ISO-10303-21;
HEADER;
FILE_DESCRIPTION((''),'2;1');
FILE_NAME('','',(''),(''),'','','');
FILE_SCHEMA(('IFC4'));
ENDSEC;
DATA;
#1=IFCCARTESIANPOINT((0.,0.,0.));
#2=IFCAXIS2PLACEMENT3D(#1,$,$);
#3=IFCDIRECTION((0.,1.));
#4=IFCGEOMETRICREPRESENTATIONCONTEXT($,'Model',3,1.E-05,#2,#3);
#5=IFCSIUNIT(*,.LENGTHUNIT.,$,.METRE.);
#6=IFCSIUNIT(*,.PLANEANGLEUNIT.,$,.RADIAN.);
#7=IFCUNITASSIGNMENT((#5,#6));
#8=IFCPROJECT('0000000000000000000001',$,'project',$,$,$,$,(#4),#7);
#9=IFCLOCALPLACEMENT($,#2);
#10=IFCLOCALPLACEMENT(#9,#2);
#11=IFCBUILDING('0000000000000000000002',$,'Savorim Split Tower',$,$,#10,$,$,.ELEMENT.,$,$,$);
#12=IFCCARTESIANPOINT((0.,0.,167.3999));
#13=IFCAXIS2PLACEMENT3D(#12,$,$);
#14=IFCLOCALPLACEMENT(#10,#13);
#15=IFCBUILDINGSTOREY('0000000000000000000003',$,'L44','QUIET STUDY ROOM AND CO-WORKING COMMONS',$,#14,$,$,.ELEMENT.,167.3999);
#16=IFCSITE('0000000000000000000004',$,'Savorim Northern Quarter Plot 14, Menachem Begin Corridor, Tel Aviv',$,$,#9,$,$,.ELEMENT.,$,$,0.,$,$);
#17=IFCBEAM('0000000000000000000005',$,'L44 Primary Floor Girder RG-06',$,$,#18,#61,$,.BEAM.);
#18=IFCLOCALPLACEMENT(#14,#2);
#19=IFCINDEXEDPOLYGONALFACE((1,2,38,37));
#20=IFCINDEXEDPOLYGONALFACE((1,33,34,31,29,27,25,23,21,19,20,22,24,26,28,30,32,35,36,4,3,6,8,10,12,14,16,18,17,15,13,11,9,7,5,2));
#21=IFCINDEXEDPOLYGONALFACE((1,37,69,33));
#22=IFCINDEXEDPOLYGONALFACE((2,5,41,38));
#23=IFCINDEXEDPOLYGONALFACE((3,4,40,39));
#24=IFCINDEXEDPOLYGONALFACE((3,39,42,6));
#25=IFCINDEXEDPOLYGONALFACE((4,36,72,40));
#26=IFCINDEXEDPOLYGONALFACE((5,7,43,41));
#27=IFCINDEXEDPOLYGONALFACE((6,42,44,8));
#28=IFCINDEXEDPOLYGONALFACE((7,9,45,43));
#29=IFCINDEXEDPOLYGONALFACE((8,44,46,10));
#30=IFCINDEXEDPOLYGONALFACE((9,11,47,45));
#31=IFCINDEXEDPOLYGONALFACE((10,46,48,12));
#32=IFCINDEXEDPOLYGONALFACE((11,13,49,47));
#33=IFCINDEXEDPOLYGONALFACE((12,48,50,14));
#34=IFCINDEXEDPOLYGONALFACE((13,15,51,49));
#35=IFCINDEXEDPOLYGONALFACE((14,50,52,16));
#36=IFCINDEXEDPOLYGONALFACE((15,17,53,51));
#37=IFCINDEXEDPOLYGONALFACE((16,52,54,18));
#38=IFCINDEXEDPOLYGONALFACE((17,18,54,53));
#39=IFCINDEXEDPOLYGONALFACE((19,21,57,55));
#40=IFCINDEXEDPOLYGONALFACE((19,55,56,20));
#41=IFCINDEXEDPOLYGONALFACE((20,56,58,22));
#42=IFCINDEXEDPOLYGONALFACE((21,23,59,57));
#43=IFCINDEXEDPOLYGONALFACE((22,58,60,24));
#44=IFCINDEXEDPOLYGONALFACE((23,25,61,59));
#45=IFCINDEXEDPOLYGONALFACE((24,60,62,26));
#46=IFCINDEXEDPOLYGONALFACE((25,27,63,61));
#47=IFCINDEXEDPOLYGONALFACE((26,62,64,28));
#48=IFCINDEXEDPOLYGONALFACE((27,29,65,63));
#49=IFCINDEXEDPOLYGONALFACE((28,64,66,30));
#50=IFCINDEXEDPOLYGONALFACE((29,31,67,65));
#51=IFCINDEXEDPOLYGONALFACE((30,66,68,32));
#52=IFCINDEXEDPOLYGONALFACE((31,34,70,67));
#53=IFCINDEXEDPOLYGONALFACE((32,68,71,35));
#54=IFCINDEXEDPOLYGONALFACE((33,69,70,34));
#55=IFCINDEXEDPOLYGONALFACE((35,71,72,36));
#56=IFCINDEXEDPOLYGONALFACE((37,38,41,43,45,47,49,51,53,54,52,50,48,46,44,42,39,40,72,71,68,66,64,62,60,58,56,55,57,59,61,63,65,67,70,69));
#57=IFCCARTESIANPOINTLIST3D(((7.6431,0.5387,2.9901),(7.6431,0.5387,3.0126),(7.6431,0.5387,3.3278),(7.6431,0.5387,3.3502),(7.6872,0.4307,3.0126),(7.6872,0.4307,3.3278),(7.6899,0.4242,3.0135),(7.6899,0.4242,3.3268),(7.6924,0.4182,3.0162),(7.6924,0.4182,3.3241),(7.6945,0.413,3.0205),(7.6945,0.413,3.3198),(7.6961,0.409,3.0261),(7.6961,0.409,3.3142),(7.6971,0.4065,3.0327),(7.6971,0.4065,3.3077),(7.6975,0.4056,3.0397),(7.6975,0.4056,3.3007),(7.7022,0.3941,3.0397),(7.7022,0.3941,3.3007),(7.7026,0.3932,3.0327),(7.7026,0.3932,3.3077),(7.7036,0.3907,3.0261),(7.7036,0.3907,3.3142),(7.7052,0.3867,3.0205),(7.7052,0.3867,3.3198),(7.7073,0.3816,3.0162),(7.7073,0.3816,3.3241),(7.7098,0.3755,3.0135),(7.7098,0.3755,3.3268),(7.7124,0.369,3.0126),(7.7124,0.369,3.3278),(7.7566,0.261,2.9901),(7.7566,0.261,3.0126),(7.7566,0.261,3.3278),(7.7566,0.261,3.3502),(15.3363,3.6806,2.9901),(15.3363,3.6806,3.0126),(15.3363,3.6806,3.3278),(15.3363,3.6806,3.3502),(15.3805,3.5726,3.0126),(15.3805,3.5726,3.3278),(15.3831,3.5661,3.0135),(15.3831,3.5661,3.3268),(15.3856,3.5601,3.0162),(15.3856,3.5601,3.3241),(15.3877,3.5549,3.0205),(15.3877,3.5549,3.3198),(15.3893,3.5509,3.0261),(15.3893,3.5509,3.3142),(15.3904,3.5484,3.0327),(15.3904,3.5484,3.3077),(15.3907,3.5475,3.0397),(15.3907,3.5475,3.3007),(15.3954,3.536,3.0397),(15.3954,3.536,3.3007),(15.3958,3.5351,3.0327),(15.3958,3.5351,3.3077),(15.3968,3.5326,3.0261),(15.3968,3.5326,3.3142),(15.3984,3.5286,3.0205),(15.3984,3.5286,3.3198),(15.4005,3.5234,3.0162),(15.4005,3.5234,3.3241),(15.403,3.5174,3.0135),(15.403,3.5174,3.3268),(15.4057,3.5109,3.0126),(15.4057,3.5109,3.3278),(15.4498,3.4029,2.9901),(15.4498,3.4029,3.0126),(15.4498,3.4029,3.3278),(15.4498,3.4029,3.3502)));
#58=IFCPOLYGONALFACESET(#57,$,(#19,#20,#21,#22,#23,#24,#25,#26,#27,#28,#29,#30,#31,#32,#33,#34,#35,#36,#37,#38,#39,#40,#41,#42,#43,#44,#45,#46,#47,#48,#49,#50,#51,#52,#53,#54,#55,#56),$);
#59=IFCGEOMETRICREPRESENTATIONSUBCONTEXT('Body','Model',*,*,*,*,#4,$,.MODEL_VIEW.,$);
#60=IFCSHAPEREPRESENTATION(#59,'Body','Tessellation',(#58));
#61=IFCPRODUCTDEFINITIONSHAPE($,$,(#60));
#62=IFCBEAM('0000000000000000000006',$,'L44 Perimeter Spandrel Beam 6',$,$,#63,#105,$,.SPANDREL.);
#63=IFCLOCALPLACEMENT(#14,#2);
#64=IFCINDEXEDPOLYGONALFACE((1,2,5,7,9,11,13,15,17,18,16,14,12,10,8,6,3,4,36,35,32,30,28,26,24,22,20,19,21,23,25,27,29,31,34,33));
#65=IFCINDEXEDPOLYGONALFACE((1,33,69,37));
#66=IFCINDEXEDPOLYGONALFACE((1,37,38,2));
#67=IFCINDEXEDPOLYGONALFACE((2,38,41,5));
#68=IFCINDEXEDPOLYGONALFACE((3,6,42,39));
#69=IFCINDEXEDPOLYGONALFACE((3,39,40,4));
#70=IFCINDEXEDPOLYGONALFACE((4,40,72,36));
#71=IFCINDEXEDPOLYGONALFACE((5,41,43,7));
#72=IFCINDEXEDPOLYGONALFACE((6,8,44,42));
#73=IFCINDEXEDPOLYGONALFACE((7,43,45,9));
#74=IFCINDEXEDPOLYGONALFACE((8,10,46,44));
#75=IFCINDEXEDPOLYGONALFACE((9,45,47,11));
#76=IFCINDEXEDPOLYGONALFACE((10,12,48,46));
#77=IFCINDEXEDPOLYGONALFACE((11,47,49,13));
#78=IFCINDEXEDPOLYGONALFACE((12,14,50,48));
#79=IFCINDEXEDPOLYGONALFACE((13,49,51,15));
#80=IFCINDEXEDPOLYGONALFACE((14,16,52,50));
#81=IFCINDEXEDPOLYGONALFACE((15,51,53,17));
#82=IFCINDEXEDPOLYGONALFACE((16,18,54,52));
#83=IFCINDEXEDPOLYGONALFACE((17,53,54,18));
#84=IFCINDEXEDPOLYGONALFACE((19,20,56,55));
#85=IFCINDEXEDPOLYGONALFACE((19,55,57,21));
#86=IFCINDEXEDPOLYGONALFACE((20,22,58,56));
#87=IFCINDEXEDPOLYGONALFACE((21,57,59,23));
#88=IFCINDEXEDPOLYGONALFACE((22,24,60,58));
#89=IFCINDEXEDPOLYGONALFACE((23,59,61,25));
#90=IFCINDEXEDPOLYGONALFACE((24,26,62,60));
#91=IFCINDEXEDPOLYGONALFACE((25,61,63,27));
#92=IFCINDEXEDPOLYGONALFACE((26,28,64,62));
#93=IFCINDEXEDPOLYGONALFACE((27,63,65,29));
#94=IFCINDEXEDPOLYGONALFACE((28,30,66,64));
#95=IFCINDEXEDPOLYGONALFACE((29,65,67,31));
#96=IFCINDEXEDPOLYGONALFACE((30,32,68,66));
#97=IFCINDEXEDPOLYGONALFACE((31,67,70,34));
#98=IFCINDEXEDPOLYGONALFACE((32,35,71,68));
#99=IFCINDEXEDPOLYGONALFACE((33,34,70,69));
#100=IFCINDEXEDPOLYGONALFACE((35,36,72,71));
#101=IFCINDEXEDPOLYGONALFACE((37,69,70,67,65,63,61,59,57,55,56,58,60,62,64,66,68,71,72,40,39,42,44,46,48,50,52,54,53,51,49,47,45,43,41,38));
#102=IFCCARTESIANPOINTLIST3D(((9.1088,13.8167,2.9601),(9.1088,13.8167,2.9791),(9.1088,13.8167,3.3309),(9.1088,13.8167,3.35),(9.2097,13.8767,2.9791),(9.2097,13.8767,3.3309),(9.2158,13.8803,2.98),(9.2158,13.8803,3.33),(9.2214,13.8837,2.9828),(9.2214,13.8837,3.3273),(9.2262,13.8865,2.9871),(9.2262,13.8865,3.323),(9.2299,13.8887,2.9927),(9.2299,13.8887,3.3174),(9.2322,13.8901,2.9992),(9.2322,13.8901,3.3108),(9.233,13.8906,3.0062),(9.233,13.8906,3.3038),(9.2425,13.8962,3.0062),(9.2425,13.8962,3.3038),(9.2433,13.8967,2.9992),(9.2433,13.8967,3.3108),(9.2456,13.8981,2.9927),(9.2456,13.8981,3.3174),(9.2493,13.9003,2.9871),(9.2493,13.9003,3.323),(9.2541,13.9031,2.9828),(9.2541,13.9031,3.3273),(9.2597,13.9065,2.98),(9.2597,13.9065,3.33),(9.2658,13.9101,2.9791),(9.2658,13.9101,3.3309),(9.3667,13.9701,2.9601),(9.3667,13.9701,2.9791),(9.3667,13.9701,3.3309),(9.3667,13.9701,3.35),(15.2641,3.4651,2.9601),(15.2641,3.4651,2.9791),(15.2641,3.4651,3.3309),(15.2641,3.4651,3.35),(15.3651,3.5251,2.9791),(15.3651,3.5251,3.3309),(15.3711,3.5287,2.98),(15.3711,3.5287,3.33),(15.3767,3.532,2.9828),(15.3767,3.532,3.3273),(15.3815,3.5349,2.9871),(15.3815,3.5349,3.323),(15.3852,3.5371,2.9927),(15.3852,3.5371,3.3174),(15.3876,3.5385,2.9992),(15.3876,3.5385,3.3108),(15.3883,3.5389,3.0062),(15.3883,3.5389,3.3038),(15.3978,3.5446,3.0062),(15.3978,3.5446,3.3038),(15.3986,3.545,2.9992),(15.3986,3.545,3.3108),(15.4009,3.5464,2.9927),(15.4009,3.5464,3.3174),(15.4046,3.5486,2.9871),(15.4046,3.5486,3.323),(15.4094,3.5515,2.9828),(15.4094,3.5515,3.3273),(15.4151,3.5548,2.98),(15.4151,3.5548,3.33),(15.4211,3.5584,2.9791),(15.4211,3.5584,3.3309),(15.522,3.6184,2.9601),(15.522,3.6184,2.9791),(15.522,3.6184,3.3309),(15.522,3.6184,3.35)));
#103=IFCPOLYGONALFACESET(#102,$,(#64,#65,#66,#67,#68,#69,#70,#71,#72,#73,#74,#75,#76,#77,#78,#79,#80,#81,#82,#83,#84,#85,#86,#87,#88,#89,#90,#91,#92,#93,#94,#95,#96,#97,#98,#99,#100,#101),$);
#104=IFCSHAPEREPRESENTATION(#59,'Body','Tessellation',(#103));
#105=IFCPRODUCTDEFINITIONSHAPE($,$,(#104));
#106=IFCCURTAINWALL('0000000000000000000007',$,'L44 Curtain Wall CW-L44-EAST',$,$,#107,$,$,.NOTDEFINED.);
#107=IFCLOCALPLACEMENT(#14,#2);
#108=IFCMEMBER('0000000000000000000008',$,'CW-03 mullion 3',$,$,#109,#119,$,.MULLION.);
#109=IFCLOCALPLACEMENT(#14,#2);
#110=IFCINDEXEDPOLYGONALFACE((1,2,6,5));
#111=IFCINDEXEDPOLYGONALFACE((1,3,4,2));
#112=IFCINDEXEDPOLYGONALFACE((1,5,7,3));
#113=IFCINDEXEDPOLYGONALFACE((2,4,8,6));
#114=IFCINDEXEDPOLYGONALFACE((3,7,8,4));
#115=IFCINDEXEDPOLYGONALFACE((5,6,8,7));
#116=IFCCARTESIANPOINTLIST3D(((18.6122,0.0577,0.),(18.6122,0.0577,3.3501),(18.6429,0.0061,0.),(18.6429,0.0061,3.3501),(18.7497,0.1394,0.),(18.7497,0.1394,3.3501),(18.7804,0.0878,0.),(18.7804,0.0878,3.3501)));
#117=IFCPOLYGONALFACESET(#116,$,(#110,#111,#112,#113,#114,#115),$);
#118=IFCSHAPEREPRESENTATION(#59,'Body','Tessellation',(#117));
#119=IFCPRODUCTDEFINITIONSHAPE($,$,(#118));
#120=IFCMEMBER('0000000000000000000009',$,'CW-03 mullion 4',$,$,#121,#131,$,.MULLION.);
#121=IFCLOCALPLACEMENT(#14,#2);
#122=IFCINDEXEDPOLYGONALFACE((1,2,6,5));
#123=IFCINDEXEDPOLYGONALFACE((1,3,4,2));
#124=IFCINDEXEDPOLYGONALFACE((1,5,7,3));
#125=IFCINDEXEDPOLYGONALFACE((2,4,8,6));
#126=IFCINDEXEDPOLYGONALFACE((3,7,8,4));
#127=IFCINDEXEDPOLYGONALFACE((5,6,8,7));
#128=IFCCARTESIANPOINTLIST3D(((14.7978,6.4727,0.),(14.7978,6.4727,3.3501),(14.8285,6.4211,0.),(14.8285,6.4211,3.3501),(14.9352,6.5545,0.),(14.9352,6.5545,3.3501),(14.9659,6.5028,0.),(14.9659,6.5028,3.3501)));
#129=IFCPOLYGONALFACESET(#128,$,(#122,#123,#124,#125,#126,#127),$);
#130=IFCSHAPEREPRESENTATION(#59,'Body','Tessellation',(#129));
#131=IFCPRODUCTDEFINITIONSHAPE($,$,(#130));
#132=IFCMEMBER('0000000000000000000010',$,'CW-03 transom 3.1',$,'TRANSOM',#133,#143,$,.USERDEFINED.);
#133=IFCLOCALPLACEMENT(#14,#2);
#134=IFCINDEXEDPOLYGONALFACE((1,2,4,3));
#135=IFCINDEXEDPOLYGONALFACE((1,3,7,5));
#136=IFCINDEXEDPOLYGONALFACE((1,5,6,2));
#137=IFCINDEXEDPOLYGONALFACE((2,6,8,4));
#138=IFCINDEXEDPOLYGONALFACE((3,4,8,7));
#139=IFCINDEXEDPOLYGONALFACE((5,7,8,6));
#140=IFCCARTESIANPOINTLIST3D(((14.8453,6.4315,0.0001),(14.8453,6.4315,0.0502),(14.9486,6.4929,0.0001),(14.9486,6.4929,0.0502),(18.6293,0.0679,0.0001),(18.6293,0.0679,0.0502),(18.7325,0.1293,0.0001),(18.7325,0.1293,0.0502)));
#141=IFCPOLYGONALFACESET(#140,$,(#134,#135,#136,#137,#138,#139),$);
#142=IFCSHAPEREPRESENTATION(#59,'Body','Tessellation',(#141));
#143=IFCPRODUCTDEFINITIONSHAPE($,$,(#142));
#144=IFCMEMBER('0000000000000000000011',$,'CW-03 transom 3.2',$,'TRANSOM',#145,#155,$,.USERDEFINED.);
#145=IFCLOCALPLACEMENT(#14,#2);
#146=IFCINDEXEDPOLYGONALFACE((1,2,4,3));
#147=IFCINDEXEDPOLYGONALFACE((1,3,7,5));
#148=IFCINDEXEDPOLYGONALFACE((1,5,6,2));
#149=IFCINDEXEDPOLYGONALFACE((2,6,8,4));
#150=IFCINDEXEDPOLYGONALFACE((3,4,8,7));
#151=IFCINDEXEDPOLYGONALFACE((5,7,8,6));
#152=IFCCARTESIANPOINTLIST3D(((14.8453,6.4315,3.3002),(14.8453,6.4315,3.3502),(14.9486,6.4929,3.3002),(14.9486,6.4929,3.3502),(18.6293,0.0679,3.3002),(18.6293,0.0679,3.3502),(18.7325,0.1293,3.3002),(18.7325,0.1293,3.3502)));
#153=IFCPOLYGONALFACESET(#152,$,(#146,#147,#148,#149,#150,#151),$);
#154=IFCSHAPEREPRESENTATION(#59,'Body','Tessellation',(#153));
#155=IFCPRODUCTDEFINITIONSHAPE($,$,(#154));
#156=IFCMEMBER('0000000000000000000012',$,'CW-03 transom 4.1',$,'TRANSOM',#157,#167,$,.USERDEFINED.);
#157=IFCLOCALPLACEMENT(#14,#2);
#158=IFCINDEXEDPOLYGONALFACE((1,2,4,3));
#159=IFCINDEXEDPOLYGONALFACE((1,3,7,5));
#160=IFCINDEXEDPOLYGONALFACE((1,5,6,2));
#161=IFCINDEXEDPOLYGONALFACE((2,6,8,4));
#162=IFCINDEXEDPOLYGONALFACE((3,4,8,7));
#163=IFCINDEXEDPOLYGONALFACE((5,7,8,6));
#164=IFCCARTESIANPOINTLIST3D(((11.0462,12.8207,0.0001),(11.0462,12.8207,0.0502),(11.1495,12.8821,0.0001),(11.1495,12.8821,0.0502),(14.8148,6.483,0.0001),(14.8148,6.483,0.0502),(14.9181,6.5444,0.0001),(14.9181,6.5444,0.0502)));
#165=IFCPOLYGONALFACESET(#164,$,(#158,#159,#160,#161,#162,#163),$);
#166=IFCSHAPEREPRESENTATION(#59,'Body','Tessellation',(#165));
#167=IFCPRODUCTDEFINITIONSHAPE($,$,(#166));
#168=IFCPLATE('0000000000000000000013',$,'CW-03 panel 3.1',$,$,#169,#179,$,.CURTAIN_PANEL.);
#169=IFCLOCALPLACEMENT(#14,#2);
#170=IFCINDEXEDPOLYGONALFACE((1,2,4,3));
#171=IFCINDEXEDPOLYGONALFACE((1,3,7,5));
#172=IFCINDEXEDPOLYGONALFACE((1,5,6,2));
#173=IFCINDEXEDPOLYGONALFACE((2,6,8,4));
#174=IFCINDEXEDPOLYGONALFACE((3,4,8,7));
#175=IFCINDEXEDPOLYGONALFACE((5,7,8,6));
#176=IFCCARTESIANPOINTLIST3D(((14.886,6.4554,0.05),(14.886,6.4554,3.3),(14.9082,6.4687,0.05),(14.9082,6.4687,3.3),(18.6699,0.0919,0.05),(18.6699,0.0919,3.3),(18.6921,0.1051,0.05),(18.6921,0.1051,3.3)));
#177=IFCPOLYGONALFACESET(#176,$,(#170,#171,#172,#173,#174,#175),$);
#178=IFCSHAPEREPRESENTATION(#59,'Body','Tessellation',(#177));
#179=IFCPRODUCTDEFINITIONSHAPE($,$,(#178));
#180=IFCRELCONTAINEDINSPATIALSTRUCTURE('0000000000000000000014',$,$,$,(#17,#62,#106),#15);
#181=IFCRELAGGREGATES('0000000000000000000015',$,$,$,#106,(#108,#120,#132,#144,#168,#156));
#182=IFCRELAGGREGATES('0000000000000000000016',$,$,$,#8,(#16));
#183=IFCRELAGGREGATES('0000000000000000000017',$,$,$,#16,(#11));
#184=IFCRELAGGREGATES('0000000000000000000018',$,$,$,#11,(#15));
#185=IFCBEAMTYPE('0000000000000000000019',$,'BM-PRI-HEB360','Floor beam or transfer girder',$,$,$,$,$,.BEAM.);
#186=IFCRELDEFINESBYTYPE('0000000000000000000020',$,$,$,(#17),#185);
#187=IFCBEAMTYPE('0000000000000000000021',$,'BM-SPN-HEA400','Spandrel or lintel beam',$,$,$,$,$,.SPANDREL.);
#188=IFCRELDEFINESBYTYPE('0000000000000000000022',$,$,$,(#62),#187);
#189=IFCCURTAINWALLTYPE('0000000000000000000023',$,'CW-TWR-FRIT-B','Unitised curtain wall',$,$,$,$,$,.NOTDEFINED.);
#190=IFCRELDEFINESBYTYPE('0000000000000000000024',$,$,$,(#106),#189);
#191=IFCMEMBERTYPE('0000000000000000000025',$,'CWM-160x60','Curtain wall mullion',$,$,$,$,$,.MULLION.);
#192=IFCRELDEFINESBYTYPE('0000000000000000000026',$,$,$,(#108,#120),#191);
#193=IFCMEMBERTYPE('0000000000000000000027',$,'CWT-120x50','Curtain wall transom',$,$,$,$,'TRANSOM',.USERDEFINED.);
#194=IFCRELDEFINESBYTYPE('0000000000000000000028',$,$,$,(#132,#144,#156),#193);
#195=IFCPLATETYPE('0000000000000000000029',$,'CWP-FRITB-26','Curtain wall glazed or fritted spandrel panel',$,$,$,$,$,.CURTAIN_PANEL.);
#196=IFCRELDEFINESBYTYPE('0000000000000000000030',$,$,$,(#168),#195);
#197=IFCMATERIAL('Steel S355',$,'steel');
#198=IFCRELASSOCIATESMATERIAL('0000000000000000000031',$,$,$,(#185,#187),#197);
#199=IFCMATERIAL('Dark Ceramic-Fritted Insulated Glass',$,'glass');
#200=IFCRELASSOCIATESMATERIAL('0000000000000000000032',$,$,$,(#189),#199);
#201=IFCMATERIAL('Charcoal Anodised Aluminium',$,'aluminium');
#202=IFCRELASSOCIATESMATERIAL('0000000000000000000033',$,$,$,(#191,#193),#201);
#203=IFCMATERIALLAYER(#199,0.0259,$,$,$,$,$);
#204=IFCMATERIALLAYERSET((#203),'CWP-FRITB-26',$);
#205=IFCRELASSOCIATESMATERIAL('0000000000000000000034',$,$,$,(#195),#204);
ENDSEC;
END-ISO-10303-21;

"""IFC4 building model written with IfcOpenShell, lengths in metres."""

from ifc_helpers import new_model, si_unit, direction, frame, origin, origin_2d, place, context, subcontext, project, spatial, rectangle, i_section, extrude, material, layer, layer_set, material_profile, profile_set, type_object, element, aggregate, save


model = new_model("IFC4")

# Units and contexts
model_context = context("Model", 3, precision=1e-05, world=origin(), true_north=direction((0.0, 1.0)))
body_context = subcontext(model_context, "Body", "Model", "MODEL_VIEW")
ifc_project = project(units=[si_unit("LENGTHUNIT", "METRE"), si_unit("PLANEANGLEUNIT", "RADIAN")], contexts=[model_context])

# Site, building, storey
site_placement = place(None, origin())
site = spatial("IfcSite", under=ifc_project, at=site_placement, Name="Savorim Northern Quarter Plot 14, Menachem Begin Corridor, Tel Aviv", CompositionType="ELEMENT", RefElevation=0.0)
building_placement = place(site_placement, origin())
building = spatial("IfcBuilding", under=site, at=building_placement, Name="Savorim Split Tower", CompositionType="ELEMENT")
storey_placement = place(building_placement, frame((0.0, 0.0, 167.3999)))
storey = spatial("IfcBuildingStorey", under=building, at=storey_placement, Name="L44", Description="QUIET STUDY ROOM AND CO-WORKING COMMONS", CompositionType="ELEMENT", Elevation=167.3999)

# Beams
ifc_material_1 = material(Name="Steel S355", Category="steel")
ifc_material_profile_1 = material_profile(ifc_material_1, i_section(OverallWidth=0.3, OverallDepth=0.3601, WebThickness=0.0125, FlangeThickness=0.0225, FilletRadius=0.0271, at=origin_2d()), Name="HEB 360")
ifc_profile_set_1 = profile_set([ifc_material_profile_1], Name="Steel S355")
beam_type_1 = type_object("IfcBeamType", Name="BM-PRI-HEB360", Description="Floor beam or transfer girder", PredefinedType="BEAM", material=ifc_profile_set_1)
beam_1_placement = place(storey_placement, frame((15.3931, 3.5417, 3.1702), z_axis=(-0.925772, -0.378083, 0.0), x_axis=(0.378083, -0.925772, 0.0)))
element("IfcBeam", 1, at=beam_1_placement, inside=storey, type_object=beam_type_1, Name="L44 Primary Floor Girder RG-06", PredefinedType="BEAM", context=body_context, shape_type="SweptSolid", body=[
    extrude(i_section(OverallWidth=0.3, OverallDepth=0.3601, WebThickness=0.0125, FlangeThickness=0.0225, FilletRadius=0.0271, at=origin_2d()), origin(), (0.0, 0.0, 1.0), 8.3101),
])
ifc_material_profile_2 = material_profile(ifc_material_1, i_section(OverallWidth=0.3, OverallDepth=0.3899, WebThickness=0.011, FlangeThickness=0.019, FilletRadius=0.0271, at=origin_2d()), Name="HEA 400")
ifc_profile_set_2 = profile_set([ifc_material_profile_2], Name="Steel S355")
beam_type_2 = type_object("IfcBeamType", Name="BM-SPN-HEA400", Description="Spandrel or lintel beam", PredefinedType="SPANDREL", material=ifc_profile_set_2)
beam_2_placement = place(storey_placement, frame((15.3931, 3.5417, 3.155), z_axis=(-0.511093, 0.859525, 0.0), x_axis=(-0.859525, -0.511093, 0.0)))
element("IfcBeam", 2, at=beam_2_placement, inside=storey, type_object=beam_type_2, Name="L44 Perimeter Spandrel Beam 6", PredefinedType="SPANDREL", context=body_context, shape_type="SweptSolid", body=[
    extrude(i_section(OverallWidth=0.3, OverallDepth=0.3899, WebThickness=0.011, FlangeThickness=0.019, FilletRadius=0.0271, at=origin_2d()), origin(), (0.0, 0.0, 1.0), 12.0435),
])

# Curtain wall, members, plate
ifc_material_2 = material(Name="Dark Ceramic-Fritted Insulated Glass", Category="glass")
curtain_wall_type = type_object("IfcCurtainWallType", Name="CW-TWR-FRIT-B", Description="Unitised curtain wall", PredefinedType="NOTDEFINED", material=ifc_material_2)
curtain_wall_placement = place(storey_placement, origin())
curtain_wall = element("IfcCurtainWall", 3, at=curtain_wall_placement, inside=storey, type_object=curtain_wall_type, Name="L44 Curtain Wall CW-L44-EAST", PredefinedType="NOTDEFINED")
ifc_material_3 = material(Name="Charcoal Anodised Aluminium", Category="aluminium")
ifc_material_profile_3 = material_profile(ifc_material_3, rectangle(XDim=0.1599, YDim=0.0601, at=origin_2d()), Name="ALU-M 160x60")
ifc_profile_set_3 = profile_set([ifc_material_profile_3], Name="Charcoal Anodised Aluminium")
member_type_1 = type_object("IfcMemberType", Name="CWM-160x60", Description="Curtain wall mullion", PredefinedType="MULLION", material=ifc_profile_set_3)
member_1_placement = place(storey_placement, frame((18.6963, 0.0728, 0.0), z_axis=(0.0, 0.0, 1.0), x_axis=(-0.859525, -0.511094, 0.0)))
member_1 = element("IfcMember", 4, at=member_1_placement, type_object=member_type_1, Name="CW-03 mullion 3", PredefinedType="MULLION", context=body_context, shape_type="SweptSolid", body=[
    extrude(rectangle(XDim=0.1599, YDim=0.0601, at=origin_2d()), origin(), (0.0, 0.0, 1.0), 3.3501),
])
member_2_placement = place(storey_placement, frame((14.8818, 6.4878, 0.0), z_axis=(0.0, 0.0, 1.0), x_axis=(-0.859525, -0.511094, 0.0)))
member_2 = element("IfcMember", 5, at=member_2_placement, type_object=member_type_1, Name="CW-03 mullion 4", PredefinedType="MULLION", context=body_context, shape_type="SweptSolid", body=[
    extrude(rectangle(XDim=0.1599, YDim=0.0601, at=origin_2d()), origin(), (0.0, 0.0, 1.0), 3.3501),
])
ifc_material_profile_4 = material_profile(ifc_material_3, rectangle(XDim=0.1201, YDim=0.05, at=origin_2d()), Name="ALU-T 120x50")
ifc_profile_set_4 = profile_set([ifc_material_profile_4], Name="Charcoal Anodised Aluminium")
member_type_2 = type_object("IfcMemberType", Name="CWT-120x50", Description="Curtain wall transom", ElementType="TRANSOM", PredefinedType="USERDEFINED", material=ifc_profile_set_4)
member_3_placement = place(storey_placement, frame((18.6809, 0.0986, 0.0251), z_axis=(-0.511097, 0.859523, 0.0), x_axis=(-0.859523, -0.511097, 0.0)))
member_3 = element("IfcMember", 6, at=member_3_placement, type_object=member_type_2, Name="CW-03 transom 3.1", ObjectType="TRANSOM", PredefinedType="USERDEFINED", context=body_context, shape_type="SweptSolid", body=[
    extrude(rectangle(XDim=0.1201, YDim=0.05, at=origin_2d()), origin(), (0.0, 0.0, 1.0), 7.4036),
])
member_4_placement = place(storey_placement, frame((18.6809, 0.0986, 3.3252), z_axis=(-0.511097, 0.859523, 0.0), x_axis=(-0.859523, -0.511097, 0.0)))
member_4 = element("IfcMember", 7, at=member_4_placement, type_object=member_type_2, Name="CW-03 transom 3.2", ObjectType="TRANSOM", PredefinedType="USERDEFINED", context=body_context, shape_type="SweptSolid", body=[
    extrude(rectangle(XDim=0.1201, YDim=0.05, at=origin_2d()), origin(), (0.0, 0.0, 1.0), 7.4036),
])
member_5_placement = place(storey_placement, frame((14.8665, 6.5137, 0.0251), z_axis=(-0.511098, 0.859523, 0.0), x_axis=(-0.859523, -0.511098, 0.0)))
member_5 = element("IfcMember", 8, at=member_5_placement, type_object=member_type_2, Name="CW-03 transom 4.1", ObjectType="TRANSOM", PredefinedType="USERDEFINED", context=body_context, shape_type="SweptSolid", body=[
    extrude(rectangle(XDim=0.1201, YDim=0.05, at=origin_2d()), origin(), (0.0, 0.0, 1.0), 7.3735),
])
ifc_layer_1 = layer(ifc_material_2, 0.0259)
ifc_layer_set_1 = layer_set([ifc_layer_1], Name="CWP-FRITB-26")
plate_type = type_object("IfcPlateType", Name="CWP-FRITB-26", Description="Curtain wall glazed or fritted spandrel panel", PredefinedType="CURTAIN_PANEL", material=ifc_layer_set_1)
plate_placement = place(storey_placement, frame((16.7891, 3.2803, 0.05), z_axis=(0.0, 0.0, 1.0), x_axis=(-0.511094, 0.859525, 0.0)))
plate = element("IfcPlate", 9, at=plate_placement, type_object=plate_type, Name="CW-03 panel 3.1", PredefinedType="CURTAIN_PANEL", context=body_context, shape_type="SweptSolid", body=[
    extrude(rectangle(XDim=7.4036, YDim=0.0259, at=origin_2d()), origin(), (0.0, 0.0, 1.0), 3.25),
])
aggregate(curtain_wall, [member_1, member_2, member_3, member_4, plate, member_5])

save(model, "model.ifc")
